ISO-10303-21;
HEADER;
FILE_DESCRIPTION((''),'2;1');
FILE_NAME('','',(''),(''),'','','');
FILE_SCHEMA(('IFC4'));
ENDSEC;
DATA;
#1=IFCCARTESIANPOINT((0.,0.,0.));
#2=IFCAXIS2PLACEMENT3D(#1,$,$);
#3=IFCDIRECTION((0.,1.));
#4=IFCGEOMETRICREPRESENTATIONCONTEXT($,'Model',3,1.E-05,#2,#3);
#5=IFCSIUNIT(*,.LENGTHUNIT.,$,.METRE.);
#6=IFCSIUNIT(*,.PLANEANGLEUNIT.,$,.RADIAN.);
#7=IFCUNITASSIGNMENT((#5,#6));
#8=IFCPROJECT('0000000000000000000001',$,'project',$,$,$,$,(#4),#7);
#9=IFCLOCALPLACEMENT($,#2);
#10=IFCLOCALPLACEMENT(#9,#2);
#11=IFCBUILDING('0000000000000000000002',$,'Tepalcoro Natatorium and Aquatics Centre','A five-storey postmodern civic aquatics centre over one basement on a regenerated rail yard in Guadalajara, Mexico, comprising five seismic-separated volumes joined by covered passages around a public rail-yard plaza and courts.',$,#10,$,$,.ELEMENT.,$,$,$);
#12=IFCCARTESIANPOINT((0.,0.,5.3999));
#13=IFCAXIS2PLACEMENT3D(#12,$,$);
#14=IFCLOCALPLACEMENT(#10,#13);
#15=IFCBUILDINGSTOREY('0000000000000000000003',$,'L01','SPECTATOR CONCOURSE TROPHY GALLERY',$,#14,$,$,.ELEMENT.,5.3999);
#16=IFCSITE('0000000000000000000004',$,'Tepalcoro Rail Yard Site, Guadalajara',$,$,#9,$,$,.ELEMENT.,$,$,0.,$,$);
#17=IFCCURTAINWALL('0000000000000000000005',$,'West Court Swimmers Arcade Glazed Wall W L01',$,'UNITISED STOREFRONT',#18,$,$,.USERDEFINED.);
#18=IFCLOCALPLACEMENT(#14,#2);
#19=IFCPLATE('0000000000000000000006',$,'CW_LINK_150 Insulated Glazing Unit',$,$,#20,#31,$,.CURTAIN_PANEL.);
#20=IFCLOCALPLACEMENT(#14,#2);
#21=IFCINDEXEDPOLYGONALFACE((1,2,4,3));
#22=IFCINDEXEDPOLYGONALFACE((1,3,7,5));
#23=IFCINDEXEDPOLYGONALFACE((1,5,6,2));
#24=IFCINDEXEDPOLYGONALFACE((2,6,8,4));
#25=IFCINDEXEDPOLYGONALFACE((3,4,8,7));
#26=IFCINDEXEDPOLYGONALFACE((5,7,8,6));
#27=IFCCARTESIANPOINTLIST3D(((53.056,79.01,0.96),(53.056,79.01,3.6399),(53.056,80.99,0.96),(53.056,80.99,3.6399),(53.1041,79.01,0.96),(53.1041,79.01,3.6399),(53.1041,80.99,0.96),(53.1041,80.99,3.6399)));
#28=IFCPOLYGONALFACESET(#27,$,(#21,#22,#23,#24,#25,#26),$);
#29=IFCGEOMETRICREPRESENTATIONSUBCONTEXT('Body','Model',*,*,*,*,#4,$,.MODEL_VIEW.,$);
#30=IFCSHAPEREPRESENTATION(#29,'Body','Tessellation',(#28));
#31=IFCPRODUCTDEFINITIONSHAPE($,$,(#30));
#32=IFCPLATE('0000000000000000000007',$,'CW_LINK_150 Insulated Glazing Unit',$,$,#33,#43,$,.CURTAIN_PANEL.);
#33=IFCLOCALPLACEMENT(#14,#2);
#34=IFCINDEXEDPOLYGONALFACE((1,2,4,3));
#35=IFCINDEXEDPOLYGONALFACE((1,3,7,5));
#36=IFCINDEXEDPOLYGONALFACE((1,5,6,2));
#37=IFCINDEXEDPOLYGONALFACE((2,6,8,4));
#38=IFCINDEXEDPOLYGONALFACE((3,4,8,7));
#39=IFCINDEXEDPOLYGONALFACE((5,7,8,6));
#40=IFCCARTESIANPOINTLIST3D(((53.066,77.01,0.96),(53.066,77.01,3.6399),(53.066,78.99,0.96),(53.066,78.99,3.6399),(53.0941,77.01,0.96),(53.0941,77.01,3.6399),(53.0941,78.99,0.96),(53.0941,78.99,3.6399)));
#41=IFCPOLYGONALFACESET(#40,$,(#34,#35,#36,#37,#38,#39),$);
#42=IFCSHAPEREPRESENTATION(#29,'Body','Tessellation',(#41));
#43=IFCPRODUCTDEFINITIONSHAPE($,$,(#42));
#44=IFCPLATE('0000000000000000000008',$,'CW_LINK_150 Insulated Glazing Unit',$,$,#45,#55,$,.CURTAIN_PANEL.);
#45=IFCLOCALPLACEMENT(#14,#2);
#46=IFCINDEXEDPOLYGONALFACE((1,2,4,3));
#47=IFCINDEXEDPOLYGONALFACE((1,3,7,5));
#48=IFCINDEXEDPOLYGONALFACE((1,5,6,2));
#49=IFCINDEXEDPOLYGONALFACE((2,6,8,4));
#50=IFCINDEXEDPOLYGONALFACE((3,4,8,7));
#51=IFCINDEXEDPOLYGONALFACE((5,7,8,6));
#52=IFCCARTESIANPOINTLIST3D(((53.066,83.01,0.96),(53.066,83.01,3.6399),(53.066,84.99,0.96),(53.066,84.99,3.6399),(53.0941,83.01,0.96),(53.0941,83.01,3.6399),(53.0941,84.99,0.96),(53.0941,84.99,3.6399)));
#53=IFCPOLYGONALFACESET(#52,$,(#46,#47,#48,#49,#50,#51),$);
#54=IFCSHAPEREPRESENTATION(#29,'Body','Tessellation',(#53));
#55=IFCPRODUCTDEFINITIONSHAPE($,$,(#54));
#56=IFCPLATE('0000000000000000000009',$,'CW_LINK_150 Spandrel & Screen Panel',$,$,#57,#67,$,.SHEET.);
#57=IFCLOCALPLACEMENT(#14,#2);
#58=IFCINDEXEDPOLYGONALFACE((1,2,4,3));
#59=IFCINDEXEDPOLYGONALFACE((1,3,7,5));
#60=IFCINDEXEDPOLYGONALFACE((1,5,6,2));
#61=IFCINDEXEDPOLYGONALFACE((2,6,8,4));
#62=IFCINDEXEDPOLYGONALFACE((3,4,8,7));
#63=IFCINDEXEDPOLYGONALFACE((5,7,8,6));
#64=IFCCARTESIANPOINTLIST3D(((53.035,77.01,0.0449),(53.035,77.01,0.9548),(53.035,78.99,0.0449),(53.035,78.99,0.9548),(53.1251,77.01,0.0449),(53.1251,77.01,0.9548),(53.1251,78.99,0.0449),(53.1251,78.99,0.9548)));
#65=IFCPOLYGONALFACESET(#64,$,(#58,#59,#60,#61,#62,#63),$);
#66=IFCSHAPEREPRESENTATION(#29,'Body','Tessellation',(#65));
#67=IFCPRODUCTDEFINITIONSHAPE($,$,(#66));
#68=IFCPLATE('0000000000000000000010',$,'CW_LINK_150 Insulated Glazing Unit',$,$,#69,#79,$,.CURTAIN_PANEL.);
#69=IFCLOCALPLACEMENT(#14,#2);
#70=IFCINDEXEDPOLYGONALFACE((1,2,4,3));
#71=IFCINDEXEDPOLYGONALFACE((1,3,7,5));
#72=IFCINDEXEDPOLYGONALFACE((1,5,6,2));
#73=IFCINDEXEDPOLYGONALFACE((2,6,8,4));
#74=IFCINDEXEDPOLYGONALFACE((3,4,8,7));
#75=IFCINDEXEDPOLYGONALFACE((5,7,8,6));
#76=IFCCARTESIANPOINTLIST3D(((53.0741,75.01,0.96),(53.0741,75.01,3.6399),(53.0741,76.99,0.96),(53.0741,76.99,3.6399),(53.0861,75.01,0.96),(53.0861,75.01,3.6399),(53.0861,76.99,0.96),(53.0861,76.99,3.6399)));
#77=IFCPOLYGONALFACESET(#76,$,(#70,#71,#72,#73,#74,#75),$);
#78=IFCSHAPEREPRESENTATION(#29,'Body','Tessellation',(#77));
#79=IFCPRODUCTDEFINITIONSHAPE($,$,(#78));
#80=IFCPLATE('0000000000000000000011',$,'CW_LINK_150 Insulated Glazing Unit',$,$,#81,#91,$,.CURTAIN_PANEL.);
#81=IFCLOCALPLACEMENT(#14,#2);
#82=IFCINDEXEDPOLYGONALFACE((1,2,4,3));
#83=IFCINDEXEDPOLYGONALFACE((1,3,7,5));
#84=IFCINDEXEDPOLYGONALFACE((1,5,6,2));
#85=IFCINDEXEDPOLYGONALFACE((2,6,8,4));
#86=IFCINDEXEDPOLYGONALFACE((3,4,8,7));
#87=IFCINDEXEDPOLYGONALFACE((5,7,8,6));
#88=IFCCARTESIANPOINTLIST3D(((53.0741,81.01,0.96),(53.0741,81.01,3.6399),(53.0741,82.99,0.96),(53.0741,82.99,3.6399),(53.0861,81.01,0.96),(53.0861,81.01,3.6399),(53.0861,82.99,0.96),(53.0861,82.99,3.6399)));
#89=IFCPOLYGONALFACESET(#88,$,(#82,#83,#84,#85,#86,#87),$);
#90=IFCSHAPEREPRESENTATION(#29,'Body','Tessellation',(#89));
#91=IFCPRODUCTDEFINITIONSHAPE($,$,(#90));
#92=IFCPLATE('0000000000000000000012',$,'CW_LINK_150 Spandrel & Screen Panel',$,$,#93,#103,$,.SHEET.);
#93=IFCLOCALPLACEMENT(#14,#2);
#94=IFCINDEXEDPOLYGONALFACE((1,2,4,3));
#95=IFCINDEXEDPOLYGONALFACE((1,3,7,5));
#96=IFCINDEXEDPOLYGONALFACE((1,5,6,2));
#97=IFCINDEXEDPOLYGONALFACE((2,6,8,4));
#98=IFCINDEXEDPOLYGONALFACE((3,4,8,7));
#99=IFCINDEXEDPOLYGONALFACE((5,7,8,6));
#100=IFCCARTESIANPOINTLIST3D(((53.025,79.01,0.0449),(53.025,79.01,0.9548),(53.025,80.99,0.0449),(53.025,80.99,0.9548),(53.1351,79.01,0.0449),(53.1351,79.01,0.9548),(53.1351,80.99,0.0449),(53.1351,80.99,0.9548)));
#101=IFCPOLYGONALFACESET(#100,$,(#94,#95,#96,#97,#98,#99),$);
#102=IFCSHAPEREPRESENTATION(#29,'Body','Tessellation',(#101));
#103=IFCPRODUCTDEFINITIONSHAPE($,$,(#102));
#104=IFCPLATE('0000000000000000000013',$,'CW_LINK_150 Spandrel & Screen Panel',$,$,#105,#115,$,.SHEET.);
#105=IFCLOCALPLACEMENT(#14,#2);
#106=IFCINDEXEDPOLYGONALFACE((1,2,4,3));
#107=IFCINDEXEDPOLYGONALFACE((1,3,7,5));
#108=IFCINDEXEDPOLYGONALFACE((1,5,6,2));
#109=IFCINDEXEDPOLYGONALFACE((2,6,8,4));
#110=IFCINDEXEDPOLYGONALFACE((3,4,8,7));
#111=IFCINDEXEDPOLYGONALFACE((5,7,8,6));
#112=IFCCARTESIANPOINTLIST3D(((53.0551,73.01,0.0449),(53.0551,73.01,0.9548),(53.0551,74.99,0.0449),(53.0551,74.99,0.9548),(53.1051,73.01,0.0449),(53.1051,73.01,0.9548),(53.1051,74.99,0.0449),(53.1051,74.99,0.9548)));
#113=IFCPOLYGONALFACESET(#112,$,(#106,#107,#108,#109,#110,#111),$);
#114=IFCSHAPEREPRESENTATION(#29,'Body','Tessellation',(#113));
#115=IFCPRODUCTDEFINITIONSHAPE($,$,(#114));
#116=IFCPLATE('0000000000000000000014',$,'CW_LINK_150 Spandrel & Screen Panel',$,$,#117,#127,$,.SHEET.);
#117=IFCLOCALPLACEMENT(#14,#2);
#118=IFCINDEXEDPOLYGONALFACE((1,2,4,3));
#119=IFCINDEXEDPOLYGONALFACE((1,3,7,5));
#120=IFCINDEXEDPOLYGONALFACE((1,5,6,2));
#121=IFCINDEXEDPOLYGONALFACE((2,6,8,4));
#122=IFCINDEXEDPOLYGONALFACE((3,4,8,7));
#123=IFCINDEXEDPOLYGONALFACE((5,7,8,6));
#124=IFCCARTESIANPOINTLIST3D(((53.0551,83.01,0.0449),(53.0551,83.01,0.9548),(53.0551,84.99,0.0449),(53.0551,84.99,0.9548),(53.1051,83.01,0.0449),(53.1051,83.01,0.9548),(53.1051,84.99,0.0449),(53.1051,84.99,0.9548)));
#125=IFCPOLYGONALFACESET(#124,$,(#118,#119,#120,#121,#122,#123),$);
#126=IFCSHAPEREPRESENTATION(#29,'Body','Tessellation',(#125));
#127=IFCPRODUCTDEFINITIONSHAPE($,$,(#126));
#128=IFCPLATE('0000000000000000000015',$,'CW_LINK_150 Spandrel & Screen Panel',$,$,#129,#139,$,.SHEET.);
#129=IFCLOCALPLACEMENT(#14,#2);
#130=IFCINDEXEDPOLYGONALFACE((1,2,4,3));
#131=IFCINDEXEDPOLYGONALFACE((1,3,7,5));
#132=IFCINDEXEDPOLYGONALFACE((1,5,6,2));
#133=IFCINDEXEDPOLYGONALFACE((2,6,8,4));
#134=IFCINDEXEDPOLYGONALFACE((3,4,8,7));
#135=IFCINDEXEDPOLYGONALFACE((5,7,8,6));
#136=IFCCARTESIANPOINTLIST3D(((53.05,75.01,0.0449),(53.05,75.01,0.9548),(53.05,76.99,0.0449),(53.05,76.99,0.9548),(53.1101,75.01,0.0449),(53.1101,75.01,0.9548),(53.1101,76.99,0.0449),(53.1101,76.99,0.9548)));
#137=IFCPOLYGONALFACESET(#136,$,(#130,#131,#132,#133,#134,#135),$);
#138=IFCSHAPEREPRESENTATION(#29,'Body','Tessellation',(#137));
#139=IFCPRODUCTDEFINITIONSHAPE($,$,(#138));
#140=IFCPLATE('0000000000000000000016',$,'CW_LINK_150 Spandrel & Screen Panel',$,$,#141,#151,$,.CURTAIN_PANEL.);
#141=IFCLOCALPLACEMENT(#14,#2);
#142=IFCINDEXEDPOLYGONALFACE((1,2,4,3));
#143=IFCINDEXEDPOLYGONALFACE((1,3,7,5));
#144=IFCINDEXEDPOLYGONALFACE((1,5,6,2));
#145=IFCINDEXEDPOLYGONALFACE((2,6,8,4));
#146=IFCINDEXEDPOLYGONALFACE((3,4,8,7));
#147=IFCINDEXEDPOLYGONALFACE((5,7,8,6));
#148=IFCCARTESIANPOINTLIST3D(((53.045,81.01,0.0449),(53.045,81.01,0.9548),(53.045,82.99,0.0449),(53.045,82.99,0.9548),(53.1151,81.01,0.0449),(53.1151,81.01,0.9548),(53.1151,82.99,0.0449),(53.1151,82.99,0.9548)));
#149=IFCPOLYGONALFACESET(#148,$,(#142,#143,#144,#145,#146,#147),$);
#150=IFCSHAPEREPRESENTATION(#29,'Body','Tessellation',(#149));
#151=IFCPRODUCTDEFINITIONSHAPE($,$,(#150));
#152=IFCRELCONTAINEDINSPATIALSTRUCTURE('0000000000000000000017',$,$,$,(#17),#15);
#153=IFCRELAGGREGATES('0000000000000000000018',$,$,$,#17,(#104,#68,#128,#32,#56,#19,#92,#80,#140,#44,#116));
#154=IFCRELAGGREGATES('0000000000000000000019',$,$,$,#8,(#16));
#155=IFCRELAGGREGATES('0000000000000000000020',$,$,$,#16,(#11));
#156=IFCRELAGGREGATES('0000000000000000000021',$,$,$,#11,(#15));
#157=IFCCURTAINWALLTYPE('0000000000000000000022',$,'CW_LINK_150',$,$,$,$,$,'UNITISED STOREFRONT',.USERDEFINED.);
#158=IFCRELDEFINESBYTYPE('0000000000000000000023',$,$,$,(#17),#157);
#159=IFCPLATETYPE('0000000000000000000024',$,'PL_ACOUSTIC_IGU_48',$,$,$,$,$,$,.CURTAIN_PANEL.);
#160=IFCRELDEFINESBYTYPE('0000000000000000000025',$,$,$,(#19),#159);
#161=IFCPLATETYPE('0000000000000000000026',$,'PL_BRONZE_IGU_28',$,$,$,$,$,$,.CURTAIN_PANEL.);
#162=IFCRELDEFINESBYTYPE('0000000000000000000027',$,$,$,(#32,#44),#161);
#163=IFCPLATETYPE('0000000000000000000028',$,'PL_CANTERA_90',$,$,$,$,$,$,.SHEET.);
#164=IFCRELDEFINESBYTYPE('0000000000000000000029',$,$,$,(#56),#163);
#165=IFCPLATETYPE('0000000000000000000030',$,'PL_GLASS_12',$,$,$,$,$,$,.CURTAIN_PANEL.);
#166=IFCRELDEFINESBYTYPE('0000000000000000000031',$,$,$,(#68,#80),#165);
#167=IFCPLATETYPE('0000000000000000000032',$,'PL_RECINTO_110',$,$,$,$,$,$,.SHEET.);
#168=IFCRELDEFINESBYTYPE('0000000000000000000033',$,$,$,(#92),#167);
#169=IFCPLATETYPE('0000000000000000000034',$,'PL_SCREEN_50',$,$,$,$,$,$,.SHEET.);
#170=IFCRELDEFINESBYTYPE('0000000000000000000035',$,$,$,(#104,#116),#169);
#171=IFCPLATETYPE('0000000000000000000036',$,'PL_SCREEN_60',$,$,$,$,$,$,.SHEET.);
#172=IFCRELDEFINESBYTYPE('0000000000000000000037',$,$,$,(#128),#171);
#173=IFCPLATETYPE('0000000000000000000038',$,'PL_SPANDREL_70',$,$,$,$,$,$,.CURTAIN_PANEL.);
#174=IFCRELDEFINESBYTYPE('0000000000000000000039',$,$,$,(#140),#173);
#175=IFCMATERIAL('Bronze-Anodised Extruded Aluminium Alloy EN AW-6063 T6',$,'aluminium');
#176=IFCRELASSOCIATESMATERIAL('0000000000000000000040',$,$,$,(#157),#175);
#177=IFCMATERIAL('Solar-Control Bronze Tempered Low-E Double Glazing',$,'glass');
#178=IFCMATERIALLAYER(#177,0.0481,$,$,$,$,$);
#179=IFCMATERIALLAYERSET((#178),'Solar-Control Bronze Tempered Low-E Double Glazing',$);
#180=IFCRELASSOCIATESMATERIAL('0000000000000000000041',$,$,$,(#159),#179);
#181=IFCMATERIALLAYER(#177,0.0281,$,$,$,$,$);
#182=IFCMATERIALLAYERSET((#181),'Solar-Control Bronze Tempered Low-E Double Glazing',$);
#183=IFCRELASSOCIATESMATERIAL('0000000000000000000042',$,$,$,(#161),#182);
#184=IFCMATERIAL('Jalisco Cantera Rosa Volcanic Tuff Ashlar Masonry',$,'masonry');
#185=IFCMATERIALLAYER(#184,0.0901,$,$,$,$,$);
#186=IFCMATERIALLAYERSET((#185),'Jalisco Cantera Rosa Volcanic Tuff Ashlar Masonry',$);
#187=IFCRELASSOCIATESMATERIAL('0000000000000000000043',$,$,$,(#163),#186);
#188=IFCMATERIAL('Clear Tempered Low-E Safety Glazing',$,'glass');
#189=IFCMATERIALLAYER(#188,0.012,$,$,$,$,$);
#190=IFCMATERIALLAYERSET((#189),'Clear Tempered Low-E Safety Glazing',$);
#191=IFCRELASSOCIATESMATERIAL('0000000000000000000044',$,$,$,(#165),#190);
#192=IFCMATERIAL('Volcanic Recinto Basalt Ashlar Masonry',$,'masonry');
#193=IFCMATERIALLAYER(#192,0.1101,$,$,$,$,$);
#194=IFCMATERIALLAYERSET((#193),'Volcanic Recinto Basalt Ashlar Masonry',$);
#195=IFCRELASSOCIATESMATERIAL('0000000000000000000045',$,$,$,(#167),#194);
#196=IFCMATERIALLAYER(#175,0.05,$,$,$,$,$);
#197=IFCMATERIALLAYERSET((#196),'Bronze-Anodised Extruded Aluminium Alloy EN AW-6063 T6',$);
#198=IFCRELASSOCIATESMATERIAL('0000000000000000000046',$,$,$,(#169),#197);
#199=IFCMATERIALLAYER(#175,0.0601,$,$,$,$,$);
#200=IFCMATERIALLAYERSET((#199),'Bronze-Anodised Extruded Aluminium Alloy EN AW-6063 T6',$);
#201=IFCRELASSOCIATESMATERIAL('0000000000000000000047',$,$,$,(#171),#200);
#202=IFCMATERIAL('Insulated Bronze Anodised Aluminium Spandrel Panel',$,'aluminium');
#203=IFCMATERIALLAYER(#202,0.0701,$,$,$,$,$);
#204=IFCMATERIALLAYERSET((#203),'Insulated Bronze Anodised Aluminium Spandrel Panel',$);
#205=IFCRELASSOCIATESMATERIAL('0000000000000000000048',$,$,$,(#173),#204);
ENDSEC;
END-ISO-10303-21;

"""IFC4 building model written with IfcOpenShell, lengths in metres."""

from ifc_helpers import new_model, si_unit, direction, frame, origin, origin_2d, place, context, subcontext, project, spatial, rectangle, extrude, material, layer, layer_set, type_object, element, aggregate, save


model = new_model("IFC4")

# Units and contexts
model_context = context("Model", 3, precision=1e-05, world=origin(), true_north=direction((0.0, 1.0)))
body_context = subcontext(model_context, "Body", "Model", "MODEL_VIEW")
ifc_project = project(units=[si_unit("LENGTHUNIT", "METRE"), si_unit("PLANEANGLEUNIT", "RADIAN")], contexts=[model_context])

# Site, building, storey
site_placement = place(None, origin())
site = spatial("IfcSite", under=ifc_project, at=site_placement, Name="Tepalcoro Rail Yard Site, Guadalajara", CompositionType="ELEMENT", RefElevation=0.0)
building_placement = place(site_placement, origin())
building = spatial("IfcBuilding", under=site, at=building_placement, Name="Tepalcoro Natatorium and Aquatics Centre", Description="A five-storey postmodern civic aquatics centre over one basement on a regenerated rail yard in Guadalajara, Mexico, comprising five seismic-separated volumes joined by covered passages around a public rail-yard plaza and courts.", CompositionType="ELEMENT")
storey_placement = place(building_placement, frame((0.0, 0.0, 5.3999)))
storey = spatial("IfcBuildingStorey", under=building, at=storey_placement, Name="L01", Description="SPECTATOR CONCOURSE TROPHY GALLERY", CompositionType="ELEMENT", Elevation=5.3999)

# Curtain wall, plates
ifc_material_1 = material(Name="Bronze-Anodised Extruded Aluminium Alloy EN AW-6063 T6", Category="aluminium")
curtain_wall_type = type_object("IfcCurtainWallType", Name="CW_LINK_150", ElementType="UNITISED STOREFRONT", PredefinedType="USERDEFINED", material=ifc_material_1)
curtain_wall_placement = place(storey_placement, origin())
curtain_wall = element("IfcCurtainWall", 1, at=curtain_wall_placement, inside=storey, type_object=curtain_wall_type, Name="West Court Swimmers Arcade Glazed Wall W L01", ObjectType="UNITISED STOREFRONT", PredefinedType="USERDEFINED")
ifc_material_2 = material(Name="Solar-Control Bronze Tempered Low-E Double Glazing", Category="glass")
ifc_layer_1 = layer(ifc_material_2, 0.0481)
ifc_layer_set_1 = layer_set([ifc_layer_1], Name="Solar-Control Bronze Tempered Low-E Double Glazing")
plate_type_1 = type_object("IfcPlateType", Name="PL_ACOUSTIC_IGU_48", PredefinedType="CURTAIN_PANEL", material=ifc_layer_set_1)
plate_1_placement = place(storey_placement, frame((53.0801, 80.0, 0.96), z_axis=(0.0, 0.0, 1.0), x_axis=(1.0, 0.0, 0.0)))
plate_1 = element("IfcPlate", 2, at=plate_1_placement, type_object=plate_type_1, Name="CW_LINK_150 Insulated Glazing Unit", PredefinedType="CURTAIN_PANEL", context=body_context, shape_type="SweptSolid", body=[
    extrude(rectangle(XDim=0.0481, YDim=1.98, at=origin_2d()), origin(), (0.0, 0.0, 1.0), 2.6799),
])
ifc_layer_2 = layer(ifc_material_2, 0.0281)
ifc_layer_set_2 = layer_set([ifc_layer_2], Name="Solar-Control Bronze Tempered Low-E Double Glazing")
plate_type_2 = type_object("IfcPlateType", Name="PL_BRONZE_IGU_28", PredefinedType="CURTAIN_PANEL", material=ifc_layer_set_2)
plate_2_placement = place(storey_placement, frame((53.0801, 78.0, 0.96), z_axis=(0.0, 0.0, 1.0), x_axis=(1.0, 0.0, 0.0)))
plate_2 = element("IfcPlate", 3, at=plate_2_placement, type_object=plate_type_2, Name="CW_LINK_150 Insulated Glazing Unit", PredefinedType="CURTAIN_PANEL", context=body_context, shape_type="SweptSolid", body=[
    extrude(rectangle(XDim=0.0281, YDim=1.98, at=origin_2d()), origin(), (0.0, 0.0, 1.0), 2.6799),
])
plate_3_placement = place(storey_placement, frame((53.0801, 84.0, 0.96), z_axis=(0.0, 0.0, 1.0), x_axis=(1.0, 0.0, 0.0)))
plate_3 = element("IfcPlate", 4, at=plate_3_placement, type_object=plate_type_2, Name="CW_LINK_150 Insulated Glazing Unit", PredefinedType="CURTAIN_PANEL", context=body_context, shape_type="SweptSolid", body=[
    extrude(rectangle(XDim=0.0281, YDim=1.98, at=origin_2d()), origin(), (0.0, 0.0, 1.0), 2.6799),
])
ifc_material_3 = material(Name="Jalisco Cantera Rosa Volcanic Tuff Ashlar Masonry", Category="masonry")
ifc_layer_3 = layer(ifc_material_3, 0.0901)
ifc_layer_set_3 = layer_set([ifc_layer_3], Name="Jalisco Cantera Rosa Volcanic Tuff Ashlar Masonry")
plate_type_3 = type_object("IfcPlateType", Name="PL_CANTERA_90", PredefinedType="SHEET", material=ifc_layer_set_3)
plate_4_placement = place(storey_placement, frame((53.0801, 78.0, 0.0449), z_axis=(0.0, 0.0, 1.0), x_axis=(1.0, 0.0, 0.0)))
plate_4 = element("IfcPlate", 5, at=plate_4_placement, type_object=plate_type_3, Name="CW_LINK_150 Spandrel & Screen Panel", PredefinedType="SHEET", context=body_context, shape_type="SweptSolid", body=[
    extrude(rectangle(XDim=0.0901, YDim=1.98, at=origin_2d()), origin(), (0.0, 0.0, 1.0), 0.9099),
])
ifc_material_4 = material(Name="Clear Tempered Low-E Safety Glazing", Category="glass")
ifc_layer_4 = layer(ifc_material_4, 0.012)
ifc_layer_set_4 = layer_set([ifc_layer_4], Name="Clear Tempered Low-E Safety Glazing")
plate_type_4 = type_object("IfcPlateType", Name="PL_GLASS_12", PredefinedType="CURTAIN_PANEL", material=ifc_layer_set_4)
plate_5_placement = place(storey_placement, frame((53.0801, 76.0, 0.96), z_axis=(0.0, 0.0, 1.0), x_axis=(1.0, 0.0, 0.0)))
plate_5 = element("IfcPlate", 6, at=plate_5_placement, type_object=plate_type_4, Name="CW_LINK_150 Insulated Glazing Unit", PredefinedType="CURTAIN_PANEL", context=body_context, shape_type="SweptSolid", body=[
    extrude(rectangle(XDim=0.012, YDim=1.98, at=origin_2d()), origin(), (0.0, 0.0, 1.0), 2.6799),
])
plate_6_placement = place(storey_placement, frame((53.0801, 82.0, 0.96), z_axis=(0.0, 0.0, 1.0), x_axis=(1.0, 0.0, 0.0)))
plate_6 = element("IfcPlate", 7, at=plate_6_placement, type_object=plate_type_4, Name="CW_LINK_150 Insulated Glazing Unit", PredefinedType="CURTAIN_PANEL", context=body_context, shape_type="SweptSolid", body=[
    extrude(rectangle(XDim=0.012, YDim=1.98, at=origin_2d()), origin(), (0.0, 0.0, 1.0), 2.6799),
])
ifc_material_5 = material(Name="Volcanic Recinto Basalt Ashlar Masonry", Category="masonry")
ifc_layer_5 = layer(ifc_material_5, 0.1101)
ifc_layer_set_5 = layer_set([ifc_layer_5], Name="Volcanic Recinto Basalt Ashlar Masonry")
plate_type_5 = type_object("IfcPlateType", Name="PL_RECINTO_110", PredefinedType="SHEET", material=ifc_layer_set_5)
plate_7_placement = place(storey_placement, frame((53.0801, 80.0, 0.0449), z_axis=(0.0, 0.0, 1.0), x_axis=(1.0, 0.0, 0.0)))
plate_7 = element("IfcPlate", 8, at=plate_7_placement, type_object=plate_type_5, Name="CW_LINK_150 Spandrel & Screen Panel", PredefinedType="SHEET", context=body_context, shape_type="SweptSolid", body=[
    extrude(rectangle(XDim=0.1101, YDim=1.98, at=origin_2d()), origin(), (0.0, 0.0, 1.0), 0.9099),
])
ifc_layer_6 = layer(ifc_material_1, 0.05)
ifc_layer_set_6 = layer_set([ifc_layer_6], Name="Bronze-Anodised Extruded Aluminium Alloy EN AW-6063 T6")
plate_type_6 = type_object("IfcPlateType", Name="PL_SCREEN_50", PredefinedType="SHEET", material=ifc_layer_set_6)
plate_8_placement = place(storey_placement, frame((53.0801, 74.0, 0.0449), z_axis=(0.0, 0.0, 1.0), x_axis=(1.0, 0.0, 0.0)))
plate_8 = element("IfcPlate", 9, at=plate_8_placement, type_object=plate_type_6, Name="CW_LINK_150 Spandrel & Screen Panel", PredefinedType="SHEET", context=body_context, shape_type="SweptSolid", body=[
    extrude(rectangle(XDim=0.05, YDim=1.98, at=origin_2d()), origin(), (0.0, 0.0, 1.0), 0.9099),
])
plate_9_placement = place(storey_placement, frame((53.0801, 84.0, 0.0449), z_axis=(0.0, 0.0, 1.0), x_axis=(1.0, 0.0, 0.0)))
plate_9 = element("IfcPlate", 10, at=plate_9_placement, type_object=plate_type_6, Name="CW_LINK_150 Spandrel & Screen Panel", PredefinedType="SHEET", context=body_context, shape_type="SweptSolid", body=[
    extrude(rectangle(XDim=0.05, YDim=1.98, at=origin_2d()), origin(), (0.0, 0.0, 1.0), 0.9099),
])
ifc_layer_7 = layer(ifc_material_1, 0.0601)
ifc_layer_set_7 = layer_set([ifc_layer_7], Name="Bronze-Anodised Extruded Aluminium Alloy EN AW-6063 T6")
plate_type_7 = type_object("IfcPlateType", Name="PL_SCREEN_60", PredefinedType="SHEET", material=ifc_layer_set_7)
plate_10_placement = place(storey_placement, frame((53.0801, 76.0, 0.0449), z_axis=(0.0, 0.0, 1.0), x_axis=(1.0, 0.0, 0.0)))
plate_10 = element("IfcPlate", 11, at=plate_10_placement, type_object=plate_type_7, Name="CW_LINK_150 Spandrel & Screen Panel", PredefinedType="SHEET", context=body_context, shape_type="SweptSolid", body=[
    extrude(rectangle(XDim=0.0601, YDim=1.98, at=origin_2d()), origin(), (0.0, 0.0, 1.0), 0.9099),
])
ifc_material_6 = material(Name="Insulated Bronze Anodised Aluminium Spandrel Panel", Category="aluminium")
ifc_layer_8 = layer(ifc_material_6, 0.0701)
ifc_layer_set_8 = layer_set([ifc_layer_8], Name="Insulated Bronze Anodised Aluminium Spandrel Panel")
plate_type_8 = type_object("IfcPlateType", Name="PL_SPANDREL_70", PredefinedType="CURTAIN_PANEL", material=ifc_layer_set_8)
plate_11_placement = place(storey_placement, frame((53.0801, 82.0, 0.0449), z_axis=(0.0, 0.0, 1.0), x_axis=(1.0, 0.0, 0.0)))
plate_11 = element("IfcPlate", 12, at=plate_11_placement, type_object=plate_type_8, Name="CW_LINK_150 Spandrel & Screen Panel", PredefinedType="CURTAIN_PANEL", context=body_context, shape_type="SweptSolid", body=[
    extrude(rectangle(XDim=0.0701, YDim=1.98, at=origin_2d()), origin(), (0.0, 0.0, 1.0), 0.9099),
])
aggregate(curtain_wall, [plate_8, plate_5, plate_10, plate_2, plate_4, plate_1, plate_7, plate_6, plate_11, plate_3, plate_9])

save(model, "model.ifc")
